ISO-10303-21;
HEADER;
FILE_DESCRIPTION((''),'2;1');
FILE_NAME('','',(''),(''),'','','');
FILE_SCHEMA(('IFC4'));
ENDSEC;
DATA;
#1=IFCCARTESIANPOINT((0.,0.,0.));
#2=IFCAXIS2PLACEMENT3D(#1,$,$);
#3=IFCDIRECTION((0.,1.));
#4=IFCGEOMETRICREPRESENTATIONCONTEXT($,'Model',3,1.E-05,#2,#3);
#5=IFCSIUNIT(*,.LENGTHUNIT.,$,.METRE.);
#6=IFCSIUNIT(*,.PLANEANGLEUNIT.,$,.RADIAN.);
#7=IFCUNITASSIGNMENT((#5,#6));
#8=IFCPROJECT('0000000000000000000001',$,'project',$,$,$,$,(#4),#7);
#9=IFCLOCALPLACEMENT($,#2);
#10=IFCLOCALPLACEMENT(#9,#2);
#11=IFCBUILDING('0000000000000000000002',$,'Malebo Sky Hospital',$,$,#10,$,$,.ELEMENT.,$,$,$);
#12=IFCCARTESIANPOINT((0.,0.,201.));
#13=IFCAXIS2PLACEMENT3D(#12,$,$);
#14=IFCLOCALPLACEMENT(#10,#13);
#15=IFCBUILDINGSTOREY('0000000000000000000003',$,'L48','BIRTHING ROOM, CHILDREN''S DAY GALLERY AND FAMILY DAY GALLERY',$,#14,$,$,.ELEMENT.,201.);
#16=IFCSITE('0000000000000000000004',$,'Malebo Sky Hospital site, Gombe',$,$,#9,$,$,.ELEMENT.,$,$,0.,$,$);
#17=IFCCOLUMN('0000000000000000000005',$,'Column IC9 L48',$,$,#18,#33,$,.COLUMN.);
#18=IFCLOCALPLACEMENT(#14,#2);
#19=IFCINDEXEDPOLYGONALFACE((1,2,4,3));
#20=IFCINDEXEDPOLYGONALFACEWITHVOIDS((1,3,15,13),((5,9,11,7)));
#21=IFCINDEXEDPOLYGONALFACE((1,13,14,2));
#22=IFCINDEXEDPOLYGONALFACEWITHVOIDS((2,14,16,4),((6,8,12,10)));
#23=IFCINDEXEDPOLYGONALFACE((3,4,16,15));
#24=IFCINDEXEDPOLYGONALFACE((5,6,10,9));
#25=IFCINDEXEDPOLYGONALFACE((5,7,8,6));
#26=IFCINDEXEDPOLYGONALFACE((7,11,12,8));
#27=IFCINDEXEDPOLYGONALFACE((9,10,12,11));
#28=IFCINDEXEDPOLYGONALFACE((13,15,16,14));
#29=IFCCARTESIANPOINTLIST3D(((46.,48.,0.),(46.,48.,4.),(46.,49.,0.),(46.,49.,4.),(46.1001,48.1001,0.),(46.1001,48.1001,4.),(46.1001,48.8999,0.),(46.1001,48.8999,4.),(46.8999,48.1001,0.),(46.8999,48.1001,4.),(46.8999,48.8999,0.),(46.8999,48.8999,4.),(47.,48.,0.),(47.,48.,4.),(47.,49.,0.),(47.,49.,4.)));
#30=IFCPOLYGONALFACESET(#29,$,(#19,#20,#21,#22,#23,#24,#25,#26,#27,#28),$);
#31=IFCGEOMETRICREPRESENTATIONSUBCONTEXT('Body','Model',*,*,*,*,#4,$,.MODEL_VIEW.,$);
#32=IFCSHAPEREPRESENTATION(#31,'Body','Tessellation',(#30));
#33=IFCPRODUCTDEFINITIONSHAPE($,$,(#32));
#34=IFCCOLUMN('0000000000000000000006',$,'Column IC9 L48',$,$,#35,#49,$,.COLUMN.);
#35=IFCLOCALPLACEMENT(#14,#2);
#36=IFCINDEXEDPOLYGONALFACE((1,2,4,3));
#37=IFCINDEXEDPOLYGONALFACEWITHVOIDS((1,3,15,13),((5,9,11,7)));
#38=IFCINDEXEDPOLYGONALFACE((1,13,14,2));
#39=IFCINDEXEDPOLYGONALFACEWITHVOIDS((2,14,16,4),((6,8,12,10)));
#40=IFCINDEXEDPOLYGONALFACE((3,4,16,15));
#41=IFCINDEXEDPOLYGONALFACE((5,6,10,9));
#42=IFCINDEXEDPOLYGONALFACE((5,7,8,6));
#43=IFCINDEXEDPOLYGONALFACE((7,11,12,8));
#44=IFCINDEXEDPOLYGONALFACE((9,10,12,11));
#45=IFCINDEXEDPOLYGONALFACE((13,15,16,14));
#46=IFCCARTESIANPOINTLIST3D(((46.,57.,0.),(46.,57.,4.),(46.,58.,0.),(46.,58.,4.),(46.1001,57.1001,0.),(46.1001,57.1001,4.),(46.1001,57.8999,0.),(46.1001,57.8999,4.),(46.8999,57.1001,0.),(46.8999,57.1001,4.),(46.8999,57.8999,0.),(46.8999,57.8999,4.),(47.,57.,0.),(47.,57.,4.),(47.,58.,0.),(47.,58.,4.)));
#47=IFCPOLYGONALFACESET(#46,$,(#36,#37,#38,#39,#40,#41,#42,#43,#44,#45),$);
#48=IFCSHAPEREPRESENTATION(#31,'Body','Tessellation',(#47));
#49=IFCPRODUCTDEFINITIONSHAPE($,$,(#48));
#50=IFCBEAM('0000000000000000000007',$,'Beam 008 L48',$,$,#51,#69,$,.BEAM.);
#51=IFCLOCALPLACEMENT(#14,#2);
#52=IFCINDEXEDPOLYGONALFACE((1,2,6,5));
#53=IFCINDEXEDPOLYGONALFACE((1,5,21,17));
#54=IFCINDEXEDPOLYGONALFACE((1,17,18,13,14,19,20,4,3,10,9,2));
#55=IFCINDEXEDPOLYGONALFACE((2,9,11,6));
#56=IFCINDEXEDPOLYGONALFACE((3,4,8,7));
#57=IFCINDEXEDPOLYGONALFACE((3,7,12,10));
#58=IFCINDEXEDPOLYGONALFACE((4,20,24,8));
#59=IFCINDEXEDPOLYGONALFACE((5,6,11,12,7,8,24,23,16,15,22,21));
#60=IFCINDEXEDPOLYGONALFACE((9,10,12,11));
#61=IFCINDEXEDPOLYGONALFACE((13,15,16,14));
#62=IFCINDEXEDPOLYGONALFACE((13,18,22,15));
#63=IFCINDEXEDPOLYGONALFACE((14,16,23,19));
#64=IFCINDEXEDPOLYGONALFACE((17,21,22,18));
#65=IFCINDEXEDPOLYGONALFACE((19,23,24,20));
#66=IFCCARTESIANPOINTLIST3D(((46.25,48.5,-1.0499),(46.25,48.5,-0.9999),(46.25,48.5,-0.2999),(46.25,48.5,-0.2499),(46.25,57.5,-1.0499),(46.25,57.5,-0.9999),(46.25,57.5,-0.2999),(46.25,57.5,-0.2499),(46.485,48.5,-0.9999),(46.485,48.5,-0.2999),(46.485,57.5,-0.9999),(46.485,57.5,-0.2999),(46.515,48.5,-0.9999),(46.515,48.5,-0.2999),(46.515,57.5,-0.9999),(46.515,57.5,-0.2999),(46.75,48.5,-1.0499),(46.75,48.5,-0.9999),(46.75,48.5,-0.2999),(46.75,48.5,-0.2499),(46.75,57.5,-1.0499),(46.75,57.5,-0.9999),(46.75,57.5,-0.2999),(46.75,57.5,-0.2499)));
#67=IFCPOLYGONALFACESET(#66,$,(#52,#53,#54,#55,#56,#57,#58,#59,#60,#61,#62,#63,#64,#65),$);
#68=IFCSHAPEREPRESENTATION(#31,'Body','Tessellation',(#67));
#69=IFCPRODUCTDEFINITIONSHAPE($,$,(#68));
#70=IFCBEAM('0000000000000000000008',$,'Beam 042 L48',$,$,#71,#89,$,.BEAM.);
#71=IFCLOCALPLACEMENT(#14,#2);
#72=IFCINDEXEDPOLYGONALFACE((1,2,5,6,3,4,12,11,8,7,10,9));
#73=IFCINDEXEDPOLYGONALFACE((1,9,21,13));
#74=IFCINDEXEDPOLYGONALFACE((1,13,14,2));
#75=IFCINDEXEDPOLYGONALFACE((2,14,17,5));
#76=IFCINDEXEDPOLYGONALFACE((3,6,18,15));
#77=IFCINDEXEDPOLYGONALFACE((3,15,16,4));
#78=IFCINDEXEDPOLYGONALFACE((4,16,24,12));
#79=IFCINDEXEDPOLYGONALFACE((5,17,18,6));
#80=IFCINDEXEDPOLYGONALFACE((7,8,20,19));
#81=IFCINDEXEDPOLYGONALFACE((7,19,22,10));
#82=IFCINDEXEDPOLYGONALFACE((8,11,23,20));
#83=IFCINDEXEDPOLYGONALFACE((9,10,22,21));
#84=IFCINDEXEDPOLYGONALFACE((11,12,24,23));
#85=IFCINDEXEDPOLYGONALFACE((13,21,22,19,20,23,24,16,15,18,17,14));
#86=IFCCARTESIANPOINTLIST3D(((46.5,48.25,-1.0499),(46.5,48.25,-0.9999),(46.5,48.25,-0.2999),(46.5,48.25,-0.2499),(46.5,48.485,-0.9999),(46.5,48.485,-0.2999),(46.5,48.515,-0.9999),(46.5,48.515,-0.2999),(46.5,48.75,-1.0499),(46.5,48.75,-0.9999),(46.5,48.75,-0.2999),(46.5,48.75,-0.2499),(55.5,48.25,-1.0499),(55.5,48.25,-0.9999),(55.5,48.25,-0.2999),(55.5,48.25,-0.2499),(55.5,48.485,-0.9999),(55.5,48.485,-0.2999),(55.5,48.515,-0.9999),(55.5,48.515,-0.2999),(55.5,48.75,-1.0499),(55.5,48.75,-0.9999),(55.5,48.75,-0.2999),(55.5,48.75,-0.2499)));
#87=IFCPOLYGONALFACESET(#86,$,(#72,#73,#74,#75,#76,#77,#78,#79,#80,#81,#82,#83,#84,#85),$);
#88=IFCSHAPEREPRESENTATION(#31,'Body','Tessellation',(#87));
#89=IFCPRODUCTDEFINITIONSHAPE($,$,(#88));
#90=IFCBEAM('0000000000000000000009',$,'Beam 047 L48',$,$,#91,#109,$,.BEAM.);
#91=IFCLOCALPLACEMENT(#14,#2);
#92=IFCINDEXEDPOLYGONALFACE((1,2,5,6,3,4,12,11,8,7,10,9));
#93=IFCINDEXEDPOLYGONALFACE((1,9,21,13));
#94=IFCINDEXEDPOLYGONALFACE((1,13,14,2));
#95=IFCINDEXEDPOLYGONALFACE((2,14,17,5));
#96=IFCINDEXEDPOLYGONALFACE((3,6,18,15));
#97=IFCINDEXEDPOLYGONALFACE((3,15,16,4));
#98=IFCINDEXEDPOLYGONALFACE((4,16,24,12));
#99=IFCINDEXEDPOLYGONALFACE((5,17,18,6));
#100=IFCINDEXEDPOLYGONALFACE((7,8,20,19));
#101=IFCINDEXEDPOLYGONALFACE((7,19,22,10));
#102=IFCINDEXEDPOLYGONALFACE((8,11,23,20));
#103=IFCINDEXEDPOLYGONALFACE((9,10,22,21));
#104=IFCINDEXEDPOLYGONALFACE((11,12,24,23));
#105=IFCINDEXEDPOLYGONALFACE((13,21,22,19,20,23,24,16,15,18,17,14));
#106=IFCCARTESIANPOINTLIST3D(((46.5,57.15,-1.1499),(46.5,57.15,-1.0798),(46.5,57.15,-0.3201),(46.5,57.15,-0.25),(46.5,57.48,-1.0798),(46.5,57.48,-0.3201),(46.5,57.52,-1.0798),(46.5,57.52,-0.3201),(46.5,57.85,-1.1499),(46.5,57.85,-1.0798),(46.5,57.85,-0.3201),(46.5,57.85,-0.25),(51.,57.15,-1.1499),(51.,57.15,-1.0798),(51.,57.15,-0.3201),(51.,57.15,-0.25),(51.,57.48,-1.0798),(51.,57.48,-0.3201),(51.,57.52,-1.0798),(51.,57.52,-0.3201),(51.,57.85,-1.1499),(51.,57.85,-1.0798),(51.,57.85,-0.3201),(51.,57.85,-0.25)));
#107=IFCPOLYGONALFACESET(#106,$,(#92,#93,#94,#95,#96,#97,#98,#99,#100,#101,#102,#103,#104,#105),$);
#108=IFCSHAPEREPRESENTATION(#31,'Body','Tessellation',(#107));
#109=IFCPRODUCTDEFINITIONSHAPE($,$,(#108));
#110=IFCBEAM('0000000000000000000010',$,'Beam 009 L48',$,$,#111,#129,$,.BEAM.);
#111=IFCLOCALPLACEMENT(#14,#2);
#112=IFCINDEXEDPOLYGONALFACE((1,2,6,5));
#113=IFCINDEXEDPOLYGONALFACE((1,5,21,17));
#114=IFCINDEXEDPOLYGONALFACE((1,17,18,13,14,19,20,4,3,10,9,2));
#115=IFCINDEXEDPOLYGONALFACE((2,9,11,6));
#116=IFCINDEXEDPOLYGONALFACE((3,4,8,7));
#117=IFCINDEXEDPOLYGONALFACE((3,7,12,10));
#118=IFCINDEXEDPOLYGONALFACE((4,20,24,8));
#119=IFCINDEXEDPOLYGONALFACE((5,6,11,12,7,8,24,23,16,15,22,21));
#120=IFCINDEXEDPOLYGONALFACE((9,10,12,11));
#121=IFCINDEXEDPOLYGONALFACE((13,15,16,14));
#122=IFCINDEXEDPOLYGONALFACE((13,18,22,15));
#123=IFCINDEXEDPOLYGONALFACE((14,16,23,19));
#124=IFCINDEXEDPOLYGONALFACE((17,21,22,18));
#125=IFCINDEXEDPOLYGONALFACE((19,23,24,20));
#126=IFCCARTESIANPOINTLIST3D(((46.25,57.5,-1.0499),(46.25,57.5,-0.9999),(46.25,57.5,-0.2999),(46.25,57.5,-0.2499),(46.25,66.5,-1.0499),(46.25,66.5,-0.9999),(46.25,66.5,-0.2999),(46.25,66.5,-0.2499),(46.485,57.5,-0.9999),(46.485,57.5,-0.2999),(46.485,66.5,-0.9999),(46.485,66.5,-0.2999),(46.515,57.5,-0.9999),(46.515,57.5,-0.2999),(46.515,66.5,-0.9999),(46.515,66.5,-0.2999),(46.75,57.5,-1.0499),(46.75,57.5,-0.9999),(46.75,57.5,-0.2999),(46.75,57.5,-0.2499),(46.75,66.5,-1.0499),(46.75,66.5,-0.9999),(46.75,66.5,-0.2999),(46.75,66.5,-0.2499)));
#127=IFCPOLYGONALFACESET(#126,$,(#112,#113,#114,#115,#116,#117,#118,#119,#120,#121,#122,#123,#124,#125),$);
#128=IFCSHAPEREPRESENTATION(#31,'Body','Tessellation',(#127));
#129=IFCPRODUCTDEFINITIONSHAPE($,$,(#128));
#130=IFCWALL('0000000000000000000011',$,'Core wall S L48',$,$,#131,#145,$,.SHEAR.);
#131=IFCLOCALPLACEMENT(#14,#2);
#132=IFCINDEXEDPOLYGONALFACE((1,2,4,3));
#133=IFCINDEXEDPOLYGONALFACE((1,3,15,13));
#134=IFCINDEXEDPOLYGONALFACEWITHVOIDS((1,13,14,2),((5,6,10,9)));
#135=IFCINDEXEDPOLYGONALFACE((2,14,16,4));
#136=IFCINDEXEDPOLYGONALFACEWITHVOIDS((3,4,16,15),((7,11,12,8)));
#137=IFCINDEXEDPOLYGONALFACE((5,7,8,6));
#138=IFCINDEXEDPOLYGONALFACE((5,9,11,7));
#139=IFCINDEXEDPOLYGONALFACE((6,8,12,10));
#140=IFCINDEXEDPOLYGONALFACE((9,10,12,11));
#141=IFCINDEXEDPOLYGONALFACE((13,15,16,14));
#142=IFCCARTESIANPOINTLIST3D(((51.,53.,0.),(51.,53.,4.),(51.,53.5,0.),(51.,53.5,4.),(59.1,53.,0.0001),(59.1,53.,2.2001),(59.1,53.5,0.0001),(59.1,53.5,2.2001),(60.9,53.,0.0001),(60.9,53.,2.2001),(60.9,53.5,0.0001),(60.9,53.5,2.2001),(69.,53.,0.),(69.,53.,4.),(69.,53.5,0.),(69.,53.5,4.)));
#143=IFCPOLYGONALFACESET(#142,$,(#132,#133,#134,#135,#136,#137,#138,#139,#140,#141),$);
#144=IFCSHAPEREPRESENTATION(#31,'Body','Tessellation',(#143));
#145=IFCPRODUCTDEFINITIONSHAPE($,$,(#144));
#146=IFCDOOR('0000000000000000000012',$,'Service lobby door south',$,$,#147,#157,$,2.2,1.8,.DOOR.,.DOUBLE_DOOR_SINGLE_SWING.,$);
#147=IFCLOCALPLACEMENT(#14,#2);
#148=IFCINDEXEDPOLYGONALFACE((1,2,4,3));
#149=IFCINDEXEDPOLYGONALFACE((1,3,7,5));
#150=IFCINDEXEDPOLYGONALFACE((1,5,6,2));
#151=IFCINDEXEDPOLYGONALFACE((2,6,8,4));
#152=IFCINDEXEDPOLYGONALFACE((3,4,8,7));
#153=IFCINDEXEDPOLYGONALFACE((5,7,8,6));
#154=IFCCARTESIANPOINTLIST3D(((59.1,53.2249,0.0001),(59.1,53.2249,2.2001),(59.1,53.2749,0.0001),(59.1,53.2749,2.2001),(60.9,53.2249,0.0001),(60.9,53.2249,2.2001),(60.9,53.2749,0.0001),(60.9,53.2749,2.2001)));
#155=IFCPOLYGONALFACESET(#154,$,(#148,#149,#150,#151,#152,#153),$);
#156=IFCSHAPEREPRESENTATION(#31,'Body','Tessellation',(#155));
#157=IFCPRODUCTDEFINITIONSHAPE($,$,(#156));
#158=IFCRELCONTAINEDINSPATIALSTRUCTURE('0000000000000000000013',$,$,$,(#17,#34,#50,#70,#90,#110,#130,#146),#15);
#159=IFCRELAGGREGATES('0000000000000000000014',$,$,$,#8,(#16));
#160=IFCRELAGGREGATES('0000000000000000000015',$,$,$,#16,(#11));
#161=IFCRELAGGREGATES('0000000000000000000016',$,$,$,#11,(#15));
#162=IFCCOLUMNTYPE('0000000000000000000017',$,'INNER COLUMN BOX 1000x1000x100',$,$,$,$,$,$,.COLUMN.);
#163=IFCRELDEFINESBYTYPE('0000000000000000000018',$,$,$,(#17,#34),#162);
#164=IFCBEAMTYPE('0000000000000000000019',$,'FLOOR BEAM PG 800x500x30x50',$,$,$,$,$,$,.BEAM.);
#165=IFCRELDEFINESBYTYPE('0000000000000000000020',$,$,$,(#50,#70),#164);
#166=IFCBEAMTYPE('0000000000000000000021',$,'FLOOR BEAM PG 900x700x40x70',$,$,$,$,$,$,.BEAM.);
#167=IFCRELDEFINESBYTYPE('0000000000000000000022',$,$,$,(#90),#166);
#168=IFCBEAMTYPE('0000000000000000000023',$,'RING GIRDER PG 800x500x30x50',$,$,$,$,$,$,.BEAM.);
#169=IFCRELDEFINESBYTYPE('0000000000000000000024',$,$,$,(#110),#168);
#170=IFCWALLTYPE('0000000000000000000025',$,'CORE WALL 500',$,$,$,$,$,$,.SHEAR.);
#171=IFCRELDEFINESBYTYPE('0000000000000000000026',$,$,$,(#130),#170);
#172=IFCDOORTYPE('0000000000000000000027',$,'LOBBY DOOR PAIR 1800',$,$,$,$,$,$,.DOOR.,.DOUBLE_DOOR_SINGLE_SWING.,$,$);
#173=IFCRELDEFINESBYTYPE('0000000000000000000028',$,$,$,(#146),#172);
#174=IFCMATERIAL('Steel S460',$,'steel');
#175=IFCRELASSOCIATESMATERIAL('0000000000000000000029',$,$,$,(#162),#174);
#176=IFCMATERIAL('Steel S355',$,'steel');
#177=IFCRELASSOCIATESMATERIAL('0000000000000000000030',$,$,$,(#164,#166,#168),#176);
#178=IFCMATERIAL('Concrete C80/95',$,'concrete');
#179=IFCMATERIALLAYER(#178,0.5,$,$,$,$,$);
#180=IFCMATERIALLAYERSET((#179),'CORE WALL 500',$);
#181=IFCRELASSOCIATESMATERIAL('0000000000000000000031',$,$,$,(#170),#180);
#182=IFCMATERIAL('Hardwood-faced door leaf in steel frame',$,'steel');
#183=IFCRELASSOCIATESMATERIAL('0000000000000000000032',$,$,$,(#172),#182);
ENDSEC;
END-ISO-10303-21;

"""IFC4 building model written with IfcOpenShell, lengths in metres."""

from ifc_helpers import new_model, si_unit, direction, frame, frame_2d, origin, origin_2d, place, context, subcontext, project, spatial, rectangle, hollow_rectangle, i_section, extrude, material, layer, layer_set, material_profile, profile_set, type_object, element, fill, save


model = new_model("IFC4")

# Units and contexts
model_context = context("Model", 3, precision=1e-05, world=origin(), true_north=direction((0.0, 1.0)))
body_context = subcontext(model_context, "Body", "Model", "MODEL_VIEW")
ifc_project = project(units=[si_unit("LENGTHUNIT", "METRE"), si_unit("PLANEANGLEUNIT", "RADIAN")], contexts=[model_context])

# Site, building, storey
site_placement = place(None, origin())
site = spatial("IfcSite", under=ifc_project, at=site_placement, Name="Malebo Sky Hospital site, Gombe", CompositionType="ELEMENT", RefElevation=0.0)
building_placement = place(site_placement, origin())
building = spatial("IfcBuilding", under=site, at=building_placement, Name="Malebo Sky Hospital", CompositionType="ELEMENT")
storey_placement = place(building_placement, frame((0.0, 0.0, 201.0)))
storey = spatial("IfcBuildingStorey", under=building, at=storey_placement, Name="L48", Description="BIRTHING ROOM, CHILDREN'S DAY GALLERY AND FAMILY DAY GALLERY", CompositionType="ELEMENT", Elevation=201.0)

# Columns
ifc_material_1 = material(Name="Steel S460", Category="steel")
ifc_material_profile_1 = material_profile(ifc_material_1, hollow_rectangle(XDim=1.0, YDim=1.0, WallThickness=0.1001, at=origin_2d()), Name="BOX 1000x1000x100")
ifc_profile_set_1 = profile_set([ifc_material_profile_1], Name="Steel S460")
column_type = type_object("IfcColumnType", Name="INNER COLUMN BOX 1000x1000x100", PredefinedType="COLUMN", material=ifc_profile_set_1)
for number, where, z_axis, x_axis, name in (
    (1, (46.5, 48.5, 0.0), (0.0, 0.0, 1.0), (1.0, 0.0, 0.0), "Column IC9 L48"),
    (2, (46.5, 57.5, 0.0), (0.0, 0.0, 1.0), (1.0, 0.0, 0.0), "Column IC9 L48"),
):
    element("IfcColumn", number, at=place(storey_placement, frame(where, z_axis=z_axis, x_axis=x_axis)), inside=storey, type_object=column_type, Name=name, PredefinedType="COLUMN", context=body_context, shape_type="SweptSolid", body=[
        extrude(hollow_rectangle(XDim=1.0, YDim=1.0, WallThickness=0.1001, at=origin_2d()), origin(), (0.0, 0.0, 1.0), 4.0),
    ])

# Beams
ifc_material_2 = material(Name="Steel S355", Category="steel")
ifc_material_profile_2 = material_profile(ifc_material_2, i_section(OverallWidth=0.5, OverallDepth=0.8, WebThickness=0.03, FlangeThickness=0.05, at=origin_2d()), Name="PG 800x500x30x50")
ifc_profile_set_2 = profile_set([ifc_material_profile_2], Name="Steel S355")
beam_type_1 = type_object("IfcBeamType", Name="FLOOR BEAM PG 800x500x30x50", PredefinedType="BEAM", material=ifc_profile_set_2)
for number, where, z_axis, x_axis, name in (
    (3, (46.5, 48.5, -0.6499), (0.0, 1.0, 0.0), (-1.0, 0.0, 0.0), "Beam 008 L48"),
    (4, (46.5, 48.5, -0.6499), (1.0, 0.0, 0.0), (0.0, 1.0, 0.0), "Beam 042 L48"),
):
    element("IfcBeam", number, at=place(storey_placement, frame(where, z_axis=z_axis, x_axis=x_axis)), inside=storey, type_object=beam_type_1, Name=name, PredefinedType="BEAM", context=body_context, shape_type="SweptSolid", body=[
        extrude(i_section(OverallWidth=0.5, OverallDepth=0.8, WebThickness=0.03, FlangeThickness=0.05, at=origin_2d()), origin(), (0.0, 0.0, 1.0), 9.0),
    ])
ifc_material_profile_3 = material_profile(ifc_material_2, i_section(OverallWidth=0.7, OverallDepth=0.8999, WebThickness=0.04, FlangeThickness=0.0701, at=origin_2d()), Name="PG 900x700x40x70")
ifc_profile_set_3 = profile_set([ifc_material_profile_3], Name="Steel S355")
beam_type_2 = type_object("IfcBeamType", Name="FLOOR BEAM PG 900x700x40x70", PredefinedType="BEAM", material=ifc_profile_set_3)
beam_1_placement = place(storey_placement, frame((46.5, 57.5, -0.7), z_axis=(1.0, 0.0, 0.0), x_axis=(0.0, 1.0, 0.0)))
element("IfcBeam", 5, at=beam_1_placement, inside=storey, type_object=beam_type_2, Name="Beam 047 L48", PredefinedType="BEAM", context=body_context, shape_type="SweptSolid", body=[
    extrude(i_section(OverallWidth=0.7, OverallDepth=0.8999, WebThickness=0.04, FlangeThickness=0.0701, at=origin_2d()), origin(), (0.0, 0.0, 1.0), 4.5),
])
ifc_material_profile_4 = material_profile(ifc_material_2, i_section(OverallWidth=0.5, OverallDepth=0.8, WebThickness=0.03, FlangeThickness=0.05, at=origin_2d()), Name="PG 800x500x30x50")
ifc_profile_set_4 = profile_set([ifc_material_profile_4], Name="Steel S355")
beam_type_3 = type_object("IfcBeamType", Name="RING GIRDER PG 800x500x30x50", PredefinedType="BEAM", material=ifc_profile_set_4)
beam_2_placement = place(storey_placement, frame((46.5, 57.5, -0.6499), z_axis=(0.0, 1.0, 0.0), x_axis=(-1.0, 0.0, 0.0)))
element("IfcBeam", 6, at=beam_2_placement, inside=storey, type_object=beam_type_3, Name="Beam 009 L48", PredefinedType="BEAM", context=body_context, shape_type="SweptSolid", body=[
    extrude(i_section(OverallWidth=0.5, OverallDepth=0.8, WebThickness=0.03, FlangeThickness=0.05, at=origin_2d()), origin(), (0.0, 0.0, 1.0), 9.0),
])

# Wall, opening, door
ifc_material_3 = material(Name="Concrete C80/95", Category="concrete")
ifc_layer_1 = layer(ifc_material_3, 0.5)
ifc_layer_set_1 = layer_set([ifc_layer_1], Name="CORE WALL 500")
wall_type_1 = type_object("IfcWallType", Name="CORE WALL 500", PredefinedType="SHEAR", material=ifc_layer_set_1)
wall_1_placement = place(storey_placement, frame((51.0, 53.25, 0.0), z_axis=(0.0, 0.0, 1.0), x_axis=(1.0, 0.0, 0.0)))
wall_1 = element("IfcWall", 7, at=wall_1_placement, inside=storey, type_object=wall_type_1, Name="Core wall S L48", PredefinedType="SHEAR", context=body_context, shape_type="SweptSolid", body=[
    extrude(rectangle(XDim=18.0, YDim=0.5, at=frame_2d((9.0, 0.0))), origin(), (0.0, 0.0, 1.0), 4.0),
])
opening_1_placement = place(wall_1_placement, frame((8.1001, 0.0, 0.0)))
opening_1 = element("IfcOpeningElement", 8, at=opening_1_placement, cuts=wall_1, PredefinedType="OPENING", context=body_context, shape_type="SweptSolid", body=[
    extrude(rectangle(XDim=1.8, YDim=2.2, at=frame_2d((0.8999, 1.1001))), frame((0.0, 0.26, 0.0), z_axis=(0.0, -1.0, 0.0), x_axis=(1.0, 0.0, 0.0)), (0.0, 0.0, 1.0), 0.52),
])
ifc_material_4 = material(Name="Hardwood-faced door leaf in steel frame", Category="steel")
door_type_1 = type_object("IfcDoorType", Name="LOBBY DOOR PAIR 1800", OperationType="DOUBLE_DOOR_SINGLE_SWING", PredefinedType="DOOR", material=ifc_material_4)
door_1_placement = place(opening_1_placement, origin())
door_1 = element("IfcDoor", 9, at=door_1_placement, inside=storey, type_object=door_type_1, Name="Service lobby door south", OperationType="DOUBLE_DOOR_SINGLE_SWING", OverallHeight=2.2, OverallWidth=1.8, PredefinedType="DOOR", context=body_context, shape_type="SweptSolid", body=[
    extrude(rectangle(XDim=1.8, YDim=2.2, at=frame_2d((0.8999, 1.1001))), frame((0.0, 0.0249, 0.0), z_axis=(0.0, -1.0, 0.0), x_axis=(1.0, 0.0, 0.0)), (0.0, 0.0, 1.0), 0.05),
])
fill(opening_1, door_1)

save(model, "model.ifc")
